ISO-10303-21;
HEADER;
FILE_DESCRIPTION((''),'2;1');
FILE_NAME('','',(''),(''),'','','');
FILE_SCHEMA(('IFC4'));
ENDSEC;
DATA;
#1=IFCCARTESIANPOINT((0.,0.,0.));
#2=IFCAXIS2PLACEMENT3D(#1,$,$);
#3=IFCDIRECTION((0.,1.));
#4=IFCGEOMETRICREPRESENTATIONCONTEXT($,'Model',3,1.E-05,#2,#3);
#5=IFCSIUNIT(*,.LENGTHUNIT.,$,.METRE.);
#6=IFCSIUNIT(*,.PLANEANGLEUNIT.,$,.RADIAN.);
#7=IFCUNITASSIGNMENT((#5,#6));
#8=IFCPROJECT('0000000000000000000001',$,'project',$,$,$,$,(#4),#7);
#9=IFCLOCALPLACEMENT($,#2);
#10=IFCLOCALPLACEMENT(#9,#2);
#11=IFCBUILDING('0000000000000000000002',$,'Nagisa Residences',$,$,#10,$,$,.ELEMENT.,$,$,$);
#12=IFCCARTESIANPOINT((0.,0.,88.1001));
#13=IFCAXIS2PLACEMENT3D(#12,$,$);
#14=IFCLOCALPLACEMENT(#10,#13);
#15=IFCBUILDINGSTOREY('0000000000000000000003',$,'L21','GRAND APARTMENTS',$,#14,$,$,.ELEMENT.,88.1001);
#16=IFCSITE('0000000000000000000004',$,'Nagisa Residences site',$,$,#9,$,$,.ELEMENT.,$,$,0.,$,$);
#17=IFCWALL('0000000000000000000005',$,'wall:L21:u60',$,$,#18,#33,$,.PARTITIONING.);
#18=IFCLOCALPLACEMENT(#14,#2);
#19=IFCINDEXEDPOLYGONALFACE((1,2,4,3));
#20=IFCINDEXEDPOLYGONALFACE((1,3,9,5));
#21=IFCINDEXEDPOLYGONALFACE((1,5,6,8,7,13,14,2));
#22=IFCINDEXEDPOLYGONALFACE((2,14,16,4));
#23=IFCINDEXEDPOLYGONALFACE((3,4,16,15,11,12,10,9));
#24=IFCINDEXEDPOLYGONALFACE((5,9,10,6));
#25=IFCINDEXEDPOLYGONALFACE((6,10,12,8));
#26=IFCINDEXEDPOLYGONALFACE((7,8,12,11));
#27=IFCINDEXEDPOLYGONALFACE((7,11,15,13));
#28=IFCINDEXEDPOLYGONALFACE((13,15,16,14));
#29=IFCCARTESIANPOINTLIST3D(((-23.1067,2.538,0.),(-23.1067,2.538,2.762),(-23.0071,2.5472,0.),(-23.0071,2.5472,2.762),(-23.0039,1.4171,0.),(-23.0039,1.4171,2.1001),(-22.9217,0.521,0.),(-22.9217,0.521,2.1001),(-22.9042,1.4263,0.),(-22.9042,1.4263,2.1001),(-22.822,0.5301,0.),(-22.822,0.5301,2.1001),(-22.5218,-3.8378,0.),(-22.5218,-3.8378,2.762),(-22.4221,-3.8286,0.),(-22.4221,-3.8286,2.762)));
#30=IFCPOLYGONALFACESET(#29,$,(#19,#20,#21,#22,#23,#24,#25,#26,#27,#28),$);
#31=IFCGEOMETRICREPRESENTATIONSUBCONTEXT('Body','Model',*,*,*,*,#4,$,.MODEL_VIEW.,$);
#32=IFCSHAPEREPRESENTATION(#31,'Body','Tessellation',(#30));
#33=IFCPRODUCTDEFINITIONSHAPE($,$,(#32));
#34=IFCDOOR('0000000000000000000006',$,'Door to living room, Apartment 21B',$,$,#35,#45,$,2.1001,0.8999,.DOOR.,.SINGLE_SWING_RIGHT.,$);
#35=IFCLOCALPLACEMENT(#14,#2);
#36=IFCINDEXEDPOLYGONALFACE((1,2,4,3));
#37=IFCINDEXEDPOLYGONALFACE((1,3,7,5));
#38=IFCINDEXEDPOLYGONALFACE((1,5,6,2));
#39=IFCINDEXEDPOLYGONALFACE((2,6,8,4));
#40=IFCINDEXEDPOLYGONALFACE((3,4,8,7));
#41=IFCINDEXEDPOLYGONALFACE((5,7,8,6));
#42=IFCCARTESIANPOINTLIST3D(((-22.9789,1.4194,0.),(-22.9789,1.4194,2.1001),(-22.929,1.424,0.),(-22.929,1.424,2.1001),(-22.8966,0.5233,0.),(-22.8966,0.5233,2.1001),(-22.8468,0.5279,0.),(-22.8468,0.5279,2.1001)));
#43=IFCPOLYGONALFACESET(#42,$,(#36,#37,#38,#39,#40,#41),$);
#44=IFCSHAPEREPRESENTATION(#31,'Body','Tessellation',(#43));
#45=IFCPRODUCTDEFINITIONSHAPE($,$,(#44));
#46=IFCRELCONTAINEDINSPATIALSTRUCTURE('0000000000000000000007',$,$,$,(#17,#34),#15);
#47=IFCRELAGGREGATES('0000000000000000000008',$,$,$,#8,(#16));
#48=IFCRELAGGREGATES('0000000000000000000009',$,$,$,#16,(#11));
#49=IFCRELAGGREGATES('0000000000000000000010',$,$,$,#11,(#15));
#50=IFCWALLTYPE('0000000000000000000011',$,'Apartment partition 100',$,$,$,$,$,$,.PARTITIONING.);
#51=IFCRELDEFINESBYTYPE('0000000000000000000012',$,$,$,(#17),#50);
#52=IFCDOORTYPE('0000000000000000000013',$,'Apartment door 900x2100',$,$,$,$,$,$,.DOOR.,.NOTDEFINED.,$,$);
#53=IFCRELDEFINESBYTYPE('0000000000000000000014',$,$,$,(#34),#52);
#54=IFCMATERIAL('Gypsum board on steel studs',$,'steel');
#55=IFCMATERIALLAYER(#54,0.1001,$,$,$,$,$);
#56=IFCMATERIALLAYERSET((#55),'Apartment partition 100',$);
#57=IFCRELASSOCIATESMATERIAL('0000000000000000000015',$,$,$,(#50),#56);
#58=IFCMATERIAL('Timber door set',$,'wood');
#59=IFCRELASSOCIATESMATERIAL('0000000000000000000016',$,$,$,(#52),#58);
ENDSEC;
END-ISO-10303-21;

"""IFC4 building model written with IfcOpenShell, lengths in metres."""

from ifc_helpers import new_model, si_unit, direction, frame, frame_2d, origin, place, context, subcontext, project, spatial, rectangle, extrude, material, layer, layer_set, type_object, element, fill, save


model = new_model("IFC4")

# Units and contexts
model_context = context("Model", 3, precision=1e-05, world=origin(), true_north=direction((0.0, 1.0)))
body_context = subcontext(model_context, "Body", "Model", "MODEL_VIEW")
ifc_project = project(units=[si_unit("LENGTHUNIT", "METRE"), si_unit("PLANEANGLEUNIT", "RADIAN")], contexts=[model_context])

# Site, building, storey
site_placement = place(None, origin())
site = spatial("IfcSite", under=ifc_project, at=site_placement, Name="Nagisa Residences site", CompositionType="ELEMENT", RefElevation=0.0)
building_placement = place(site_placement, origin())
building = spatial("IfcBuilding", under=site, at=building_placement, Name="Nagisa Residences", CompositionType="ELEMENT")
storey_placement = place(building_placement, frame((0.0, 0.0, 88.1001)))
storey = spatial("IfcBuildingStorey", under=building, at=storey_placement, Name="L21", Description="GRAND APARTMENTS", CompositionType="ELEMENT", Elevation=88.1001)

# Shared definitions
ifc_material_1 = material(Name="Gypsum board on steel studs", Category="steel")
ifc_layer_1 = layer(ifc_material_1, 0.1001)
ifc_layer_set_1 = layer_set([ifc_layer_1], Name="Apartment partition 100")
wall_type_1 = type_object("IfcWallType", Name="Apartment partition 100", PredefinedType="PARTITIONING", material=ifc_layer_set_1)

# Shared definitions
ifc_material_2 = material(Name="Timber door set", Category="wood")
door_type_1 = type_object("IfcDoorType", Name="Apartment door 900x2100", OperationType="NOTDEFINED", PredefinedType="DOOR", material=ifc_material_2)

# Wall, opening, door
wall_1_placement = place(storey_placement, frame((-23.0569, 2.5425, 0.0), z_axis=(0.0, 0.0, 1.0), x_axis=(0.091364, -0.995818, 0.0)))
wall_1 = element("IfcWall", 1, at=wall_1_placement, inside=storey, type_object=wall_type_1, Name="wall:L21:u60", PredefinedType="PARTITIONING", context=body_context, shape_type="SweptSolid", body=[
    extrude(rectangle(XDim=6.4026, YDim=0.1001, at=frame_2d((3.2012, 0.0))), origin(), (0.0, 0.0, 1.0), 2.762),
])
opening_1_placement = place(wall_1_placement, frame((1.1255, 0.0, 0.0)))
opening_1 = element("IfcOpeningElement", 2, at=opening_1_placement, cuts=wall_1, PredefinedType="OPENING", context=body_context, shape_type="SweptSolid", body=[
    extrude(rectangle(XDim=0.8999, YDim=2.1001, at=frame_2d((0.45, 1.05))), frame((0.0, 0.0601, 0.0), z_axis=(0.0, -1.0, 0.0), x_axis=(1.0, 0.0, 0.0)), (0.0, 0.0, 1.0), 0.1201),
])
door_1_placement = place(opening_1_placement, frame((0.8999, 0.0, 0.0), x_axis=(-1.0, 0.0, 0.0)))
door_1 = element("IfcDoor", 3, at=door_1_placement, inside=storey, type_object=door_type_1, Name="Door to living room, Apartment 21B", OperationType="SINGLE_SWING_RIGHT", OverallHeight=2.1001, OverallWidth=0.8999, PredefinedType="DOOR", context=body_context, shape_type="SweptSolid", body=[
    extrude(rectangle(XDim=0.8999, YDim=2.1001, at=frame_2d((0.45, 1.05))), frame((0.0, 0.0249, 0.0), z_axis=(0.0, -1.0, 0.0), x_axis=(1.0, 0.0, 0.0)), (0.0, 0.0, 1.0), 0.05),
])
fill(opening_1, door_1)

save(model, "model.ifc")
